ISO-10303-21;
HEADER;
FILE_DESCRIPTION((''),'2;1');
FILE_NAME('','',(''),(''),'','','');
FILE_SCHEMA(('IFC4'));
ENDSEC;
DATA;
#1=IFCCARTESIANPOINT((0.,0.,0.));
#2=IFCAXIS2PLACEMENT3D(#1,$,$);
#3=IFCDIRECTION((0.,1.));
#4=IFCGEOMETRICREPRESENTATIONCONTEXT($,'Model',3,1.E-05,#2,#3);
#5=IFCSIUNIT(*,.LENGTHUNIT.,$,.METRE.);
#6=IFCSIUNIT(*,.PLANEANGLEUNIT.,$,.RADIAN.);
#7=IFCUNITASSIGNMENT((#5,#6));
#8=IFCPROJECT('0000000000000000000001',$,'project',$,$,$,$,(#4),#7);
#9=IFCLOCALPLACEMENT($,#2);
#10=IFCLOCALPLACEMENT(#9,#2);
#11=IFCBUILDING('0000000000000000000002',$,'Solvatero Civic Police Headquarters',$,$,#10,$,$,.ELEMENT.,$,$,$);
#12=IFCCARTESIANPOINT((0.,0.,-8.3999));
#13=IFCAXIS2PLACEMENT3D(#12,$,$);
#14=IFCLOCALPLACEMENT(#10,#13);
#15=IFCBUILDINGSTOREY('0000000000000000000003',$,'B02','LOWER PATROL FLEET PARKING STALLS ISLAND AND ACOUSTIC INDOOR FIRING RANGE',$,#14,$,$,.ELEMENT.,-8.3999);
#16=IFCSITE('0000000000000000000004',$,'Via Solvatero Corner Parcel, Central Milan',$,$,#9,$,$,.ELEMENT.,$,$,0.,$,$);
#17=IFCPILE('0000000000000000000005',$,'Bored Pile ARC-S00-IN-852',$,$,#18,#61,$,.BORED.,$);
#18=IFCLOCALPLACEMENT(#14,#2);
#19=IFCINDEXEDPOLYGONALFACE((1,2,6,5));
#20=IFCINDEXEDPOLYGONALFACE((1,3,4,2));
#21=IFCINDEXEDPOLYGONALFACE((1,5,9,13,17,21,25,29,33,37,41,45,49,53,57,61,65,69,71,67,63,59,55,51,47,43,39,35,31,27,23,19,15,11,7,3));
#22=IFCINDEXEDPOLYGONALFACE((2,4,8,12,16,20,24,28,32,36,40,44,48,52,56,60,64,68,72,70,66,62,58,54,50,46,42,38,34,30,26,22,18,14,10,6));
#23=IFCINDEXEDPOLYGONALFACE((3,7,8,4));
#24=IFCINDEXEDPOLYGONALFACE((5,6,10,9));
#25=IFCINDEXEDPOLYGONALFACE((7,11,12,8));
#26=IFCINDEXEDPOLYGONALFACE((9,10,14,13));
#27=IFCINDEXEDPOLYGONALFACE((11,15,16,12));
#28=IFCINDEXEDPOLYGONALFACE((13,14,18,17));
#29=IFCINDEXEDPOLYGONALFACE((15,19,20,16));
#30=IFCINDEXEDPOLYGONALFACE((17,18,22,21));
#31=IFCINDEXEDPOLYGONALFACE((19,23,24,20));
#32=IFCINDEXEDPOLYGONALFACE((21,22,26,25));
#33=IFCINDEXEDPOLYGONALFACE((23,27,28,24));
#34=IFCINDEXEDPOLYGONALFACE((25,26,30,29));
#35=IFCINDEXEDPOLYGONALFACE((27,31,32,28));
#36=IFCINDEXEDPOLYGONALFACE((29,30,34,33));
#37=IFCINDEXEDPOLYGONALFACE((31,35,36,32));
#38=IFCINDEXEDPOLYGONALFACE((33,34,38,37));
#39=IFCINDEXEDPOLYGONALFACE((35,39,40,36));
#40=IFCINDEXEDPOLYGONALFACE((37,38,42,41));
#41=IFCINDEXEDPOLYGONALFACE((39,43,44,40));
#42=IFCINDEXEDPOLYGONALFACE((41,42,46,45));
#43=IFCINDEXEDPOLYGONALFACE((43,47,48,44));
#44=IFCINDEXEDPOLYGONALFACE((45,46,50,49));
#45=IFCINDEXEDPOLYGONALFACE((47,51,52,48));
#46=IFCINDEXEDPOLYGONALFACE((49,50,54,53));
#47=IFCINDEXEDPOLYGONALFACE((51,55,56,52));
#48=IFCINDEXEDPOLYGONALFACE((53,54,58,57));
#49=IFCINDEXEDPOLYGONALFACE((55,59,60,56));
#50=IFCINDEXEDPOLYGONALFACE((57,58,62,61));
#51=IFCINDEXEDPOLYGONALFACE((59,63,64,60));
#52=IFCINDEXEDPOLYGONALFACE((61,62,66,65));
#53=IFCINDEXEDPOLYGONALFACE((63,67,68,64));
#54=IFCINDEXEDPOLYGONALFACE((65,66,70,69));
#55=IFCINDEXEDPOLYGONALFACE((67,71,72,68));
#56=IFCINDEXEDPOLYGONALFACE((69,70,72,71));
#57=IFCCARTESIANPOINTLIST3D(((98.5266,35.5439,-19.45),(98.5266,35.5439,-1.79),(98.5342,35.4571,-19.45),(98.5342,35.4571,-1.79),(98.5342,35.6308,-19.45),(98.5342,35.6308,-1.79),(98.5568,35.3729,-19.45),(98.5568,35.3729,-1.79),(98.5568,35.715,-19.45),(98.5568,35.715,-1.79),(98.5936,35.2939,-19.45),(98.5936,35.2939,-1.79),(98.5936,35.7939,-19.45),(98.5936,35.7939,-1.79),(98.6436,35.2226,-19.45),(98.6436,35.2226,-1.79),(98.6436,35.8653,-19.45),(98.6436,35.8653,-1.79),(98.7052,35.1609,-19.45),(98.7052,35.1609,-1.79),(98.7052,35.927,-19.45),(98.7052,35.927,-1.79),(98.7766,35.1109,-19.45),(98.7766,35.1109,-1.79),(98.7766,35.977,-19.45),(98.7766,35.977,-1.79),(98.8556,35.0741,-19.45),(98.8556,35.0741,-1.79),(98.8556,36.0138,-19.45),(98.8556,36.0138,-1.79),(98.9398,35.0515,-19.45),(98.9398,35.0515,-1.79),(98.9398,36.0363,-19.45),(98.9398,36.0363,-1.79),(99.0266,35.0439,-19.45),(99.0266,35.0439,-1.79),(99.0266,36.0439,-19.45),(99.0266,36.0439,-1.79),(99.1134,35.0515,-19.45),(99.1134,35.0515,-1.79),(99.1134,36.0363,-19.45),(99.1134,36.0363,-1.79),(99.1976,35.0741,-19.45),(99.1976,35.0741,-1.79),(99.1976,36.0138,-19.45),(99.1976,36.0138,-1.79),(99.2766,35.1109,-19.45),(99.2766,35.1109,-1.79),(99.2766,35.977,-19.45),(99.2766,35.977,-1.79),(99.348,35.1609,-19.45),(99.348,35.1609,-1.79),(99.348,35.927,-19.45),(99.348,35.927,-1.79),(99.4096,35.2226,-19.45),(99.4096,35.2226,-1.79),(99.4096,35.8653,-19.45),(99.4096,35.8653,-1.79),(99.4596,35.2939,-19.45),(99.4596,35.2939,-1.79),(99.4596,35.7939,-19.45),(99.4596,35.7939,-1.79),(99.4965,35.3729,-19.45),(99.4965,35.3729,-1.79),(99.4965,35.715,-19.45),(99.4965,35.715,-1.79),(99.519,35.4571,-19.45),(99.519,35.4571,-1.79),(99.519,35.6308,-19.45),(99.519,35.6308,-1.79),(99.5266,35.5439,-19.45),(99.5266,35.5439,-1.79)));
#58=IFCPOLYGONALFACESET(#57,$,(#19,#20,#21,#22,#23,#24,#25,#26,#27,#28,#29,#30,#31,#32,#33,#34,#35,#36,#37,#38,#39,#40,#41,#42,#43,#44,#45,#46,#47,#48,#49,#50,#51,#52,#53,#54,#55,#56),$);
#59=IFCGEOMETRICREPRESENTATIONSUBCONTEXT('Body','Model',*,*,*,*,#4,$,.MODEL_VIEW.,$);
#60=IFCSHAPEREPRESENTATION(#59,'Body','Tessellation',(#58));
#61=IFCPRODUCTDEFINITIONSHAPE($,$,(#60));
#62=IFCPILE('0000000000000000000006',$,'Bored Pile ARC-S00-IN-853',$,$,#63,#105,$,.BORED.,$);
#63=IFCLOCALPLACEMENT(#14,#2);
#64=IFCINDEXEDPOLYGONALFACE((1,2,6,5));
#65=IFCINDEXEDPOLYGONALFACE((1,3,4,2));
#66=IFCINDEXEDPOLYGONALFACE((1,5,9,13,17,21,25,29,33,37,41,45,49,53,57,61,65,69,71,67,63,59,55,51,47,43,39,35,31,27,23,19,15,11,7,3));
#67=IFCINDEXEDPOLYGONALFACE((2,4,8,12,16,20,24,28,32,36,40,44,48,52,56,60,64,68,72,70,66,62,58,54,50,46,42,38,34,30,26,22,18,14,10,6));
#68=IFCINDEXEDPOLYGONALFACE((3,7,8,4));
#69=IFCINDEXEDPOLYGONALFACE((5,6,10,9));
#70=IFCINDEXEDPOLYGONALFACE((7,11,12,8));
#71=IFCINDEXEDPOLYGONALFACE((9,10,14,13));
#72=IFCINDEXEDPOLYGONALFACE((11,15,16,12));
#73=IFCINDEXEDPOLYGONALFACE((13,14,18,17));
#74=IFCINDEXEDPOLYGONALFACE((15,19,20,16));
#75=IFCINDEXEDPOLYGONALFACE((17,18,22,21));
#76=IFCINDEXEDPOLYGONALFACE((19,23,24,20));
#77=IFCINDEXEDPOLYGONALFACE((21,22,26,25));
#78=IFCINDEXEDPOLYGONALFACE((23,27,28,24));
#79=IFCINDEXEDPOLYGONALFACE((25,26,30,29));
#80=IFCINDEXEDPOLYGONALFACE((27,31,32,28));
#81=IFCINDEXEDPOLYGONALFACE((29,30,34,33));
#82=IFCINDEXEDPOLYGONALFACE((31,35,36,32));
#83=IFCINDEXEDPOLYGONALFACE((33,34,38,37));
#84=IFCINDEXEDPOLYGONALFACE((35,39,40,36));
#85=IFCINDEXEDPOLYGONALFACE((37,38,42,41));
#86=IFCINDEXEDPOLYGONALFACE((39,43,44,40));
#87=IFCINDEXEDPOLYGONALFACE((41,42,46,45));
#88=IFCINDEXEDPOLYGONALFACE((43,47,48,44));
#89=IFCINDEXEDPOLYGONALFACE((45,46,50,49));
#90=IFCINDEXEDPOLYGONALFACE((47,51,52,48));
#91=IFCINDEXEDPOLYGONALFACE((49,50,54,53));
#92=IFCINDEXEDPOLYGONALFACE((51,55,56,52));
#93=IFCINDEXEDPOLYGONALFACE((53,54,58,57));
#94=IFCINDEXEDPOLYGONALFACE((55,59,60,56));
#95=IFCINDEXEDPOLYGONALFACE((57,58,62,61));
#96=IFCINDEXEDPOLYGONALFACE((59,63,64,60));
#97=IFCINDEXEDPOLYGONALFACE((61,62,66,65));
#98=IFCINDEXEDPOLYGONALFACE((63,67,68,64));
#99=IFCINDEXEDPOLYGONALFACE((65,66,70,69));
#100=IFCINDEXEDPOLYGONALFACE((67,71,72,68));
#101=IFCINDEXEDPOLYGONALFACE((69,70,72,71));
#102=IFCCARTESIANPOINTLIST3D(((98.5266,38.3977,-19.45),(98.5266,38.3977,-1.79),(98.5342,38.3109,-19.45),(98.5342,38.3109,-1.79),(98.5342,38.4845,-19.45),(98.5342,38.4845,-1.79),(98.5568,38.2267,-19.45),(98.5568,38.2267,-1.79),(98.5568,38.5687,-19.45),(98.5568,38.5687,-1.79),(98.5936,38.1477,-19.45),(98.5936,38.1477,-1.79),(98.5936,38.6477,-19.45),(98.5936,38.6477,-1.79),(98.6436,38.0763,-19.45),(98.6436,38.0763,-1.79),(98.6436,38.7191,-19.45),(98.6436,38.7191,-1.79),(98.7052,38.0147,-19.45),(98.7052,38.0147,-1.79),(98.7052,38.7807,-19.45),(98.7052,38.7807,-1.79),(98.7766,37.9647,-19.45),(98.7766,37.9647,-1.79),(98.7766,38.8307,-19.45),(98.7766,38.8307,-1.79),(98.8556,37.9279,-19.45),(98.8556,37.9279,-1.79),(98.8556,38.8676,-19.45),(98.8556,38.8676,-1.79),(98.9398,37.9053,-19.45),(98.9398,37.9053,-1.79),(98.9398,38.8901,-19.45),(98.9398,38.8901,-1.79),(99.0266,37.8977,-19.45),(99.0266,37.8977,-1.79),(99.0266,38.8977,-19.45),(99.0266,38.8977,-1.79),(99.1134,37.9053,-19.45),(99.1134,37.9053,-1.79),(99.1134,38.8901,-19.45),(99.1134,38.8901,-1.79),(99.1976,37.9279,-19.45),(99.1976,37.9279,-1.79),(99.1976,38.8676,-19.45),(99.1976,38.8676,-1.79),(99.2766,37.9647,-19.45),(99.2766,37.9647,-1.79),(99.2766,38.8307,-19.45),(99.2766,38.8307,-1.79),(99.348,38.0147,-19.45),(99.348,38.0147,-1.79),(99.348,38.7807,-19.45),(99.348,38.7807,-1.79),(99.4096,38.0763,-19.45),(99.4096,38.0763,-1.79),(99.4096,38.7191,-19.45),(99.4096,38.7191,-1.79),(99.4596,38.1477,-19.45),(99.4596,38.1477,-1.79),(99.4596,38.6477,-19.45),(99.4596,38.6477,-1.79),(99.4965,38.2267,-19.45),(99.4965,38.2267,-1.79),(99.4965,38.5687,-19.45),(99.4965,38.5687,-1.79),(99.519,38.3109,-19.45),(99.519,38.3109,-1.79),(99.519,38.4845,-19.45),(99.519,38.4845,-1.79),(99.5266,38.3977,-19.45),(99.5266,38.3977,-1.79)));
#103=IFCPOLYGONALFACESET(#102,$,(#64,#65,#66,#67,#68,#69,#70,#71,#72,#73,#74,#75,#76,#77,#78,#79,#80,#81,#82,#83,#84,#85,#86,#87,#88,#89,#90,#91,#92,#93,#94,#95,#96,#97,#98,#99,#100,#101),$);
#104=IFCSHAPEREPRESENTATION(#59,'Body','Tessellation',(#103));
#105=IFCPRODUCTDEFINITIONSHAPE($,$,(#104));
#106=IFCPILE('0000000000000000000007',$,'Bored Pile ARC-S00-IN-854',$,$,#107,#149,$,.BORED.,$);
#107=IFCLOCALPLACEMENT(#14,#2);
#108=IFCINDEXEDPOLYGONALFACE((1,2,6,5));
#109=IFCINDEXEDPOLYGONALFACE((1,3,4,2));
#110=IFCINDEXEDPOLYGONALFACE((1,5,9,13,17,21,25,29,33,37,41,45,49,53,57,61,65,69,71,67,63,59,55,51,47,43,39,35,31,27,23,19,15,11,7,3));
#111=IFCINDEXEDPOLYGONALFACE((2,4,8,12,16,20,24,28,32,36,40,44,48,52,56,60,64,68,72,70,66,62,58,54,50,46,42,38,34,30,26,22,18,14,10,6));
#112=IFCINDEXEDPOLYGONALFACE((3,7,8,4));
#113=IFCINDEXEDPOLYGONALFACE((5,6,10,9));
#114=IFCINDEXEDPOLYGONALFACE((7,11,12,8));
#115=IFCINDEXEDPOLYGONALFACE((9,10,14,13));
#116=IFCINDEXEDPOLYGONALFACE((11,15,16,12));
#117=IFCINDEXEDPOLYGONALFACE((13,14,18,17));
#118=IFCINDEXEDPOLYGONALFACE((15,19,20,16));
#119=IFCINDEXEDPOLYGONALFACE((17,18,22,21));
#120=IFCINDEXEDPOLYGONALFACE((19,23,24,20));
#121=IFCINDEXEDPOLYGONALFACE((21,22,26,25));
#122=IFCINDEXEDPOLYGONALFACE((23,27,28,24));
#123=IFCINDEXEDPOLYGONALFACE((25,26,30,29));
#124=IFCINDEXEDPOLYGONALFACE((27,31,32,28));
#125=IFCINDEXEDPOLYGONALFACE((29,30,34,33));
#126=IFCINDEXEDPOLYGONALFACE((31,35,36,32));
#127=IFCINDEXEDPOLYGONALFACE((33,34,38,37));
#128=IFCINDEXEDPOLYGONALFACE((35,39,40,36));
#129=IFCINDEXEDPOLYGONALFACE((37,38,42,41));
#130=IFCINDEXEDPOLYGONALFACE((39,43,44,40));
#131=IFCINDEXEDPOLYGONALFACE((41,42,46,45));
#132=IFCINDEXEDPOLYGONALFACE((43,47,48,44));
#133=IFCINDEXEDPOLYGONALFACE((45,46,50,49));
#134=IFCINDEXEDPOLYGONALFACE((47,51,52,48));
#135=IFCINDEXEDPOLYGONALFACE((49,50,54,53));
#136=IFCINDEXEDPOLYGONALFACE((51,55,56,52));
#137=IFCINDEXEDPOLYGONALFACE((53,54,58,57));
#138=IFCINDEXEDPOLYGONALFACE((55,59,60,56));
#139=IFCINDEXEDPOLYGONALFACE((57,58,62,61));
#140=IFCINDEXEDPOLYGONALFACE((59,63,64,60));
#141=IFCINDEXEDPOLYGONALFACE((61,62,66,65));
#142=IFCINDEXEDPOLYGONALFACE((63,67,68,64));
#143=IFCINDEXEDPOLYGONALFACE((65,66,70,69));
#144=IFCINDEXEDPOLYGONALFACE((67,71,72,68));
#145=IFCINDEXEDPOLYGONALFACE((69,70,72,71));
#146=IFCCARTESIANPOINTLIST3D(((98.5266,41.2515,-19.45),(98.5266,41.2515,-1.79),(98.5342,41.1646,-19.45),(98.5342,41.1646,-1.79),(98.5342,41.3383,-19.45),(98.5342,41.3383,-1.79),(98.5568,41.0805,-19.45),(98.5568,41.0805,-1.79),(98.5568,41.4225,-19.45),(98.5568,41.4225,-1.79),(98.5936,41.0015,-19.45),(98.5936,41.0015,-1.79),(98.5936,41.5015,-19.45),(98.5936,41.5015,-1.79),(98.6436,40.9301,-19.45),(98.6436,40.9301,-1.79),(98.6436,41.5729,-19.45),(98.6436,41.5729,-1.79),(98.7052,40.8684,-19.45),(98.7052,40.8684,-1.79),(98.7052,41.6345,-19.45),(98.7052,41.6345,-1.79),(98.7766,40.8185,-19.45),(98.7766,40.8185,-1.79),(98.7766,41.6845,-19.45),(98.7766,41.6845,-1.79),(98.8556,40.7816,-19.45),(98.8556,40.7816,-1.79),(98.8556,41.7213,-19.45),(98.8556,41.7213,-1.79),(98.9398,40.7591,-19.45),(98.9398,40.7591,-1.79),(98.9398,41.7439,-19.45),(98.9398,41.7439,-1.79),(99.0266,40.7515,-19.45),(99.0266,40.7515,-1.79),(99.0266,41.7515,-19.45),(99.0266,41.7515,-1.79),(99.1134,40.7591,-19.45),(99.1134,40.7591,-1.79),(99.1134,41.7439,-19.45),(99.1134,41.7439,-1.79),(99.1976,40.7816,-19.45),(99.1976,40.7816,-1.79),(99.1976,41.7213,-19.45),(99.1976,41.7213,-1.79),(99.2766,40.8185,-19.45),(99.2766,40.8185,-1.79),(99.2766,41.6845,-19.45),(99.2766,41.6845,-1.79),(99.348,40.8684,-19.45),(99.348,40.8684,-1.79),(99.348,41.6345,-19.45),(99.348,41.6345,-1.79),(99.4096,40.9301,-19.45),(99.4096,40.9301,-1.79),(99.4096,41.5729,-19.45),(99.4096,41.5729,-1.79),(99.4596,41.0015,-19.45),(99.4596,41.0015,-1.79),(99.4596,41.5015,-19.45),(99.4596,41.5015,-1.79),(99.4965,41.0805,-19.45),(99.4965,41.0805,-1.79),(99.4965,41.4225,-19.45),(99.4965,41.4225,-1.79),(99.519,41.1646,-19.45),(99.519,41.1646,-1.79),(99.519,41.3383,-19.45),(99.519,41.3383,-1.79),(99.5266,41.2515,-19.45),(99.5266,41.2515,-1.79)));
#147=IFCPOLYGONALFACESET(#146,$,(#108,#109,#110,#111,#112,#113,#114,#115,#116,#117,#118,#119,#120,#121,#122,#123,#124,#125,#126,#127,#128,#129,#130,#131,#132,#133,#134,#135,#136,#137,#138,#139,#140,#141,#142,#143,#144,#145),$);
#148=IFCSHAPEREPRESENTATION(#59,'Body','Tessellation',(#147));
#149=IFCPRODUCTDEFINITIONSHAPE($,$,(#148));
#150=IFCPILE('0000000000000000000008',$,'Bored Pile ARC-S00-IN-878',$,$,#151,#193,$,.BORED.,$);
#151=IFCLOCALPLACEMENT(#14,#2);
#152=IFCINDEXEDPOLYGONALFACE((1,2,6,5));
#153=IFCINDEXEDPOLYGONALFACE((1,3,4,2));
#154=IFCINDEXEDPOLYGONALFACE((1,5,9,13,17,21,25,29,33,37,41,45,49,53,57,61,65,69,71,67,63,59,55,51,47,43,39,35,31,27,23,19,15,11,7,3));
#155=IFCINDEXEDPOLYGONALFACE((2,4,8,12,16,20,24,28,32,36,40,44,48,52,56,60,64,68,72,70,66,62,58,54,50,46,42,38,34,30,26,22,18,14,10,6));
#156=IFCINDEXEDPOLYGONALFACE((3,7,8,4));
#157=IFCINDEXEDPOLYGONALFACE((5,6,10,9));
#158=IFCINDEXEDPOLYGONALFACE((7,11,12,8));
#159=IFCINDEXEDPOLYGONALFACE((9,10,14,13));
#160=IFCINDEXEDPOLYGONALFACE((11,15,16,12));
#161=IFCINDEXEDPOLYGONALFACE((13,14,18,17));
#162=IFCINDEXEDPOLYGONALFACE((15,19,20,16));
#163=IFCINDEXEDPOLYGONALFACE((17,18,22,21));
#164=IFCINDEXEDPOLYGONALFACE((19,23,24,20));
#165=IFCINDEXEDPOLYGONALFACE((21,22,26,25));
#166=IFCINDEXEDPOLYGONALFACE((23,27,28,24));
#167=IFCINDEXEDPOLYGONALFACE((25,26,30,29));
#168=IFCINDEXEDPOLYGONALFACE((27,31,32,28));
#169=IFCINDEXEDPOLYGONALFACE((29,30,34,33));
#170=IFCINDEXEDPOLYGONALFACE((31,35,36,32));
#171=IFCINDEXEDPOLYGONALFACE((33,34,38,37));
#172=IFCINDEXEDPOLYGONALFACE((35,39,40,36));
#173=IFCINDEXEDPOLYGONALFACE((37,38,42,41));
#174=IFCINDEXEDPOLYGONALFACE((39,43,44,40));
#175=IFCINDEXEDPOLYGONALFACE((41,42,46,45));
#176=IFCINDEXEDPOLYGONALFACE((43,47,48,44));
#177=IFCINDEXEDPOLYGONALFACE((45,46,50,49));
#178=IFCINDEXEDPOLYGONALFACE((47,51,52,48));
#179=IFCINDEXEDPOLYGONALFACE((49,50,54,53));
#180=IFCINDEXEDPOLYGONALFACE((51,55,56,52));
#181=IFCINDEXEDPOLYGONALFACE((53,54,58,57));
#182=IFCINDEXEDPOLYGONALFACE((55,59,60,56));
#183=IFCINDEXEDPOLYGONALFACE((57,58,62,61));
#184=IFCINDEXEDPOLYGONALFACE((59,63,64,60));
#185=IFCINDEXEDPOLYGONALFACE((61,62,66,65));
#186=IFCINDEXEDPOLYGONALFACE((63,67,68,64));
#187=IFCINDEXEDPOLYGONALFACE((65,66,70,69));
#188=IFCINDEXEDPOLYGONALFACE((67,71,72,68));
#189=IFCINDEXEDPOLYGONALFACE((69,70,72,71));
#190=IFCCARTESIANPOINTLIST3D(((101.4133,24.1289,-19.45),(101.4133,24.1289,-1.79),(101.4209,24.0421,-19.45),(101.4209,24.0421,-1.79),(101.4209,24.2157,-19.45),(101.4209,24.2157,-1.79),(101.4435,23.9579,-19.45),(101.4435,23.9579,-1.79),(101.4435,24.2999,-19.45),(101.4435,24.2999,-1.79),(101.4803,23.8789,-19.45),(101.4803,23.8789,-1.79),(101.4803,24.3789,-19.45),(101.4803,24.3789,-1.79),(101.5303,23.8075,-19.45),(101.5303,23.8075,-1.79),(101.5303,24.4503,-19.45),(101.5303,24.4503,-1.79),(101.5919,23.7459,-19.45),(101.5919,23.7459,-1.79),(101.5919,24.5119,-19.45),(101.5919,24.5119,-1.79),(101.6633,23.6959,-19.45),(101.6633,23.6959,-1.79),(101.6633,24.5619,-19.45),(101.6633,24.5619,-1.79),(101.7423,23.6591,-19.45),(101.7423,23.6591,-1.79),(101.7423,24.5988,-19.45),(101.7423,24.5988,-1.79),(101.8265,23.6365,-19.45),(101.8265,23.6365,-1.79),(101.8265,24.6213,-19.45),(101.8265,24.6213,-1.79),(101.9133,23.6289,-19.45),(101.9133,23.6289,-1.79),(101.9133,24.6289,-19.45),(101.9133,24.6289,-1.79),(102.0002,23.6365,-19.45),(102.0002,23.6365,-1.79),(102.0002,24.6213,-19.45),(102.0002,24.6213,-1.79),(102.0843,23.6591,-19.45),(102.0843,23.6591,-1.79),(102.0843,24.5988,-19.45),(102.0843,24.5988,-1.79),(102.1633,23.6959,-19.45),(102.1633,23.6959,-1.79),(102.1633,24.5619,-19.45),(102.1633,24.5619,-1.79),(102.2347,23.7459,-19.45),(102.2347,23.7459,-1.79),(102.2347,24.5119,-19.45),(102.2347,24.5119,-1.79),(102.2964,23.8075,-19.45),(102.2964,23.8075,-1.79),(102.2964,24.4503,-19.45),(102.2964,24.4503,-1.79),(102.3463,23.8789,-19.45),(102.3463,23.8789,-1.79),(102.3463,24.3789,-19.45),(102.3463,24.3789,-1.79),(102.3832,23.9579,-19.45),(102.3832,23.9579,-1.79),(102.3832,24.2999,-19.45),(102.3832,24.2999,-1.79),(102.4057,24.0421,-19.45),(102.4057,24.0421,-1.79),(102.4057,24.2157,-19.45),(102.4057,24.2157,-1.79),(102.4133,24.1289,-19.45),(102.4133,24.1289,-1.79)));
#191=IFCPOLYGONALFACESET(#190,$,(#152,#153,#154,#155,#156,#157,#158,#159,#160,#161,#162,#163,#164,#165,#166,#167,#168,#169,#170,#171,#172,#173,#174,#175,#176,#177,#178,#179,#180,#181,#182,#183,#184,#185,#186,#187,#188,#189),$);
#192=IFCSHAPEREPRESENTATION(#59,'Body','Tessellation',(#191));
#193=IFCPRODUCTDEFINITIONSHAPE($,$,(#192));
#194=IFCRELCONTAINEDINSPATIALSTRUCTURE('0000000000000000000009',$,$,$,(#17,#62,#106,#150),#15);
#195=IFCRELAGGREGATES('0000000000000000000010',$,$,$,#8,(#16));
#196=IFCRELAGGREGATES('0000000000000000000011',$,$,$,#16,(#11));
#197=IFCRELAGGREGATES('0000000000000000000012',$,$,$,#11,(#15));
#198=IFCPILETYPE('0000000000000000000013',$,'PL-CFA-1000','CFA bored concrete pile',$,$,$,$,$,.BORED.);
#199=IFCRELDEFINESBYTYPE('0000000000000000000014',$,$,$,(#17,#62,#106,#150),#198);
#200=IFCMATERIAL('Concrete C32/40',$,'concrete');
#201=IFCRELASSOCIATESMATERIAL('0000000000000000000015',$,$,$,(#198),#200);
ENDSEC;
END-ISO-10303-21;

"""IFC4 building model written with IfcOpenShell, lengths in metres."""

from ifc_helpers import new_model, si_unit, direction, frame, origin, origin_2d, place, context, subcontext, project, spatial, circle, extrude, material, material_profile, profile_set, type_object, element, save


model = new_model("IFC4")

# Units and contexts
model_context = context("Model", 3, precision=1e-05, world=origin(), true_north=direction((0.0, 1.0)))
body_context = subcontext(model_context, "Body", "Model", "MODEL_VIEW")
ifc_project = project(units=[si_unit("LENGTHUNIT", "METRE"), si_unit("PLANEANGLEUNIT", "RADIAN")], contexts=[model_context])

# Site, building, storey
site_placement = place(None, origin())
site = spatial("IfcSite", under=ifc_project, at=site_placement, Name="Via Solvatero Corner Parcel, Central Milan", CompositionType="ELEMENT", RefElevation=0.0)
building_placement = place(site_placement, origin())
building = spatial("IfcBuilding", under=site, at=building_placement, Name="Solvatero Civic Police Headquarters", CompositionType="ELEMENT")
storey_placement = place(building_placement, frame((0.0, 0.0, -8.3999)))
storey = spatial("IfcBuildingStorey", under=building, at=storey_placement, Name="B02", Description="LOWER PATROL FLEET PARKING STALLS ISLAND AND ACOUSTIC INDOOR FIRING RANGE", CompositionType="ELEMENT", Elevation=-8.3999)

# Piles
ifc_material_1 = material(Name="Concrete C32/40", Category="concrete")
ifc_material_profile_1 = material_profile(ifc_material_1, circle(Radius=0.5, at=origin_2d()), Name="CFA PILE D1000")
ifc_profile_set_1 = profile_set([ifc_material_profile_1], Name="Concrete C32/40")
pile_type = type_object("IfcPileType", Name="PL-CFA-1000", Description="CFA bored concrete pile", PredefinedType="BORED", material=ifc_profile_set_1)
for number, where, z_axis, x_axis, name in (
    (1, (99.0266, 35.5439, -1.79), (0.0, 0.0, -1.0), (1.0, 0.0, 0.0), "Bored Pile ARC-S00-IN-852"),
    (2, (99.0266, 38.3977, -1.79), (0.0, 0.0, -1.0), (1.0, 0.0, 0.0), "Bored Pile ARC-S00-IN-853"),
    (3, (99.0266, 41.2515, -1.79), (0.0, 0.0, -1.0), (1.0, 0.0, 0.0), "Bored Pile ARC-S00-IN-854"),
    (4, (101.9133, 24.1289, -1.79), (0.0, 0.0, -1.0), (1.0, 0.0, 0.0), "Bored Pile ARC-S00-IN-878"),
):
    element("IfcPile", number, at=place(storey_placement, frame(where, z_axis=z_axis, x_axis=x_axis)), inside=storey, type_object=pile_type, Name=name, PredefinedType="BORED", context=body_context, shape_type="SweptSolid", body=[
        extrude(circle(Radius=0.5, at=origin_2d()), origin(), (0.0, 0.0, 1.0), 17.6599),
    ])

save(model, "model.ifc")
